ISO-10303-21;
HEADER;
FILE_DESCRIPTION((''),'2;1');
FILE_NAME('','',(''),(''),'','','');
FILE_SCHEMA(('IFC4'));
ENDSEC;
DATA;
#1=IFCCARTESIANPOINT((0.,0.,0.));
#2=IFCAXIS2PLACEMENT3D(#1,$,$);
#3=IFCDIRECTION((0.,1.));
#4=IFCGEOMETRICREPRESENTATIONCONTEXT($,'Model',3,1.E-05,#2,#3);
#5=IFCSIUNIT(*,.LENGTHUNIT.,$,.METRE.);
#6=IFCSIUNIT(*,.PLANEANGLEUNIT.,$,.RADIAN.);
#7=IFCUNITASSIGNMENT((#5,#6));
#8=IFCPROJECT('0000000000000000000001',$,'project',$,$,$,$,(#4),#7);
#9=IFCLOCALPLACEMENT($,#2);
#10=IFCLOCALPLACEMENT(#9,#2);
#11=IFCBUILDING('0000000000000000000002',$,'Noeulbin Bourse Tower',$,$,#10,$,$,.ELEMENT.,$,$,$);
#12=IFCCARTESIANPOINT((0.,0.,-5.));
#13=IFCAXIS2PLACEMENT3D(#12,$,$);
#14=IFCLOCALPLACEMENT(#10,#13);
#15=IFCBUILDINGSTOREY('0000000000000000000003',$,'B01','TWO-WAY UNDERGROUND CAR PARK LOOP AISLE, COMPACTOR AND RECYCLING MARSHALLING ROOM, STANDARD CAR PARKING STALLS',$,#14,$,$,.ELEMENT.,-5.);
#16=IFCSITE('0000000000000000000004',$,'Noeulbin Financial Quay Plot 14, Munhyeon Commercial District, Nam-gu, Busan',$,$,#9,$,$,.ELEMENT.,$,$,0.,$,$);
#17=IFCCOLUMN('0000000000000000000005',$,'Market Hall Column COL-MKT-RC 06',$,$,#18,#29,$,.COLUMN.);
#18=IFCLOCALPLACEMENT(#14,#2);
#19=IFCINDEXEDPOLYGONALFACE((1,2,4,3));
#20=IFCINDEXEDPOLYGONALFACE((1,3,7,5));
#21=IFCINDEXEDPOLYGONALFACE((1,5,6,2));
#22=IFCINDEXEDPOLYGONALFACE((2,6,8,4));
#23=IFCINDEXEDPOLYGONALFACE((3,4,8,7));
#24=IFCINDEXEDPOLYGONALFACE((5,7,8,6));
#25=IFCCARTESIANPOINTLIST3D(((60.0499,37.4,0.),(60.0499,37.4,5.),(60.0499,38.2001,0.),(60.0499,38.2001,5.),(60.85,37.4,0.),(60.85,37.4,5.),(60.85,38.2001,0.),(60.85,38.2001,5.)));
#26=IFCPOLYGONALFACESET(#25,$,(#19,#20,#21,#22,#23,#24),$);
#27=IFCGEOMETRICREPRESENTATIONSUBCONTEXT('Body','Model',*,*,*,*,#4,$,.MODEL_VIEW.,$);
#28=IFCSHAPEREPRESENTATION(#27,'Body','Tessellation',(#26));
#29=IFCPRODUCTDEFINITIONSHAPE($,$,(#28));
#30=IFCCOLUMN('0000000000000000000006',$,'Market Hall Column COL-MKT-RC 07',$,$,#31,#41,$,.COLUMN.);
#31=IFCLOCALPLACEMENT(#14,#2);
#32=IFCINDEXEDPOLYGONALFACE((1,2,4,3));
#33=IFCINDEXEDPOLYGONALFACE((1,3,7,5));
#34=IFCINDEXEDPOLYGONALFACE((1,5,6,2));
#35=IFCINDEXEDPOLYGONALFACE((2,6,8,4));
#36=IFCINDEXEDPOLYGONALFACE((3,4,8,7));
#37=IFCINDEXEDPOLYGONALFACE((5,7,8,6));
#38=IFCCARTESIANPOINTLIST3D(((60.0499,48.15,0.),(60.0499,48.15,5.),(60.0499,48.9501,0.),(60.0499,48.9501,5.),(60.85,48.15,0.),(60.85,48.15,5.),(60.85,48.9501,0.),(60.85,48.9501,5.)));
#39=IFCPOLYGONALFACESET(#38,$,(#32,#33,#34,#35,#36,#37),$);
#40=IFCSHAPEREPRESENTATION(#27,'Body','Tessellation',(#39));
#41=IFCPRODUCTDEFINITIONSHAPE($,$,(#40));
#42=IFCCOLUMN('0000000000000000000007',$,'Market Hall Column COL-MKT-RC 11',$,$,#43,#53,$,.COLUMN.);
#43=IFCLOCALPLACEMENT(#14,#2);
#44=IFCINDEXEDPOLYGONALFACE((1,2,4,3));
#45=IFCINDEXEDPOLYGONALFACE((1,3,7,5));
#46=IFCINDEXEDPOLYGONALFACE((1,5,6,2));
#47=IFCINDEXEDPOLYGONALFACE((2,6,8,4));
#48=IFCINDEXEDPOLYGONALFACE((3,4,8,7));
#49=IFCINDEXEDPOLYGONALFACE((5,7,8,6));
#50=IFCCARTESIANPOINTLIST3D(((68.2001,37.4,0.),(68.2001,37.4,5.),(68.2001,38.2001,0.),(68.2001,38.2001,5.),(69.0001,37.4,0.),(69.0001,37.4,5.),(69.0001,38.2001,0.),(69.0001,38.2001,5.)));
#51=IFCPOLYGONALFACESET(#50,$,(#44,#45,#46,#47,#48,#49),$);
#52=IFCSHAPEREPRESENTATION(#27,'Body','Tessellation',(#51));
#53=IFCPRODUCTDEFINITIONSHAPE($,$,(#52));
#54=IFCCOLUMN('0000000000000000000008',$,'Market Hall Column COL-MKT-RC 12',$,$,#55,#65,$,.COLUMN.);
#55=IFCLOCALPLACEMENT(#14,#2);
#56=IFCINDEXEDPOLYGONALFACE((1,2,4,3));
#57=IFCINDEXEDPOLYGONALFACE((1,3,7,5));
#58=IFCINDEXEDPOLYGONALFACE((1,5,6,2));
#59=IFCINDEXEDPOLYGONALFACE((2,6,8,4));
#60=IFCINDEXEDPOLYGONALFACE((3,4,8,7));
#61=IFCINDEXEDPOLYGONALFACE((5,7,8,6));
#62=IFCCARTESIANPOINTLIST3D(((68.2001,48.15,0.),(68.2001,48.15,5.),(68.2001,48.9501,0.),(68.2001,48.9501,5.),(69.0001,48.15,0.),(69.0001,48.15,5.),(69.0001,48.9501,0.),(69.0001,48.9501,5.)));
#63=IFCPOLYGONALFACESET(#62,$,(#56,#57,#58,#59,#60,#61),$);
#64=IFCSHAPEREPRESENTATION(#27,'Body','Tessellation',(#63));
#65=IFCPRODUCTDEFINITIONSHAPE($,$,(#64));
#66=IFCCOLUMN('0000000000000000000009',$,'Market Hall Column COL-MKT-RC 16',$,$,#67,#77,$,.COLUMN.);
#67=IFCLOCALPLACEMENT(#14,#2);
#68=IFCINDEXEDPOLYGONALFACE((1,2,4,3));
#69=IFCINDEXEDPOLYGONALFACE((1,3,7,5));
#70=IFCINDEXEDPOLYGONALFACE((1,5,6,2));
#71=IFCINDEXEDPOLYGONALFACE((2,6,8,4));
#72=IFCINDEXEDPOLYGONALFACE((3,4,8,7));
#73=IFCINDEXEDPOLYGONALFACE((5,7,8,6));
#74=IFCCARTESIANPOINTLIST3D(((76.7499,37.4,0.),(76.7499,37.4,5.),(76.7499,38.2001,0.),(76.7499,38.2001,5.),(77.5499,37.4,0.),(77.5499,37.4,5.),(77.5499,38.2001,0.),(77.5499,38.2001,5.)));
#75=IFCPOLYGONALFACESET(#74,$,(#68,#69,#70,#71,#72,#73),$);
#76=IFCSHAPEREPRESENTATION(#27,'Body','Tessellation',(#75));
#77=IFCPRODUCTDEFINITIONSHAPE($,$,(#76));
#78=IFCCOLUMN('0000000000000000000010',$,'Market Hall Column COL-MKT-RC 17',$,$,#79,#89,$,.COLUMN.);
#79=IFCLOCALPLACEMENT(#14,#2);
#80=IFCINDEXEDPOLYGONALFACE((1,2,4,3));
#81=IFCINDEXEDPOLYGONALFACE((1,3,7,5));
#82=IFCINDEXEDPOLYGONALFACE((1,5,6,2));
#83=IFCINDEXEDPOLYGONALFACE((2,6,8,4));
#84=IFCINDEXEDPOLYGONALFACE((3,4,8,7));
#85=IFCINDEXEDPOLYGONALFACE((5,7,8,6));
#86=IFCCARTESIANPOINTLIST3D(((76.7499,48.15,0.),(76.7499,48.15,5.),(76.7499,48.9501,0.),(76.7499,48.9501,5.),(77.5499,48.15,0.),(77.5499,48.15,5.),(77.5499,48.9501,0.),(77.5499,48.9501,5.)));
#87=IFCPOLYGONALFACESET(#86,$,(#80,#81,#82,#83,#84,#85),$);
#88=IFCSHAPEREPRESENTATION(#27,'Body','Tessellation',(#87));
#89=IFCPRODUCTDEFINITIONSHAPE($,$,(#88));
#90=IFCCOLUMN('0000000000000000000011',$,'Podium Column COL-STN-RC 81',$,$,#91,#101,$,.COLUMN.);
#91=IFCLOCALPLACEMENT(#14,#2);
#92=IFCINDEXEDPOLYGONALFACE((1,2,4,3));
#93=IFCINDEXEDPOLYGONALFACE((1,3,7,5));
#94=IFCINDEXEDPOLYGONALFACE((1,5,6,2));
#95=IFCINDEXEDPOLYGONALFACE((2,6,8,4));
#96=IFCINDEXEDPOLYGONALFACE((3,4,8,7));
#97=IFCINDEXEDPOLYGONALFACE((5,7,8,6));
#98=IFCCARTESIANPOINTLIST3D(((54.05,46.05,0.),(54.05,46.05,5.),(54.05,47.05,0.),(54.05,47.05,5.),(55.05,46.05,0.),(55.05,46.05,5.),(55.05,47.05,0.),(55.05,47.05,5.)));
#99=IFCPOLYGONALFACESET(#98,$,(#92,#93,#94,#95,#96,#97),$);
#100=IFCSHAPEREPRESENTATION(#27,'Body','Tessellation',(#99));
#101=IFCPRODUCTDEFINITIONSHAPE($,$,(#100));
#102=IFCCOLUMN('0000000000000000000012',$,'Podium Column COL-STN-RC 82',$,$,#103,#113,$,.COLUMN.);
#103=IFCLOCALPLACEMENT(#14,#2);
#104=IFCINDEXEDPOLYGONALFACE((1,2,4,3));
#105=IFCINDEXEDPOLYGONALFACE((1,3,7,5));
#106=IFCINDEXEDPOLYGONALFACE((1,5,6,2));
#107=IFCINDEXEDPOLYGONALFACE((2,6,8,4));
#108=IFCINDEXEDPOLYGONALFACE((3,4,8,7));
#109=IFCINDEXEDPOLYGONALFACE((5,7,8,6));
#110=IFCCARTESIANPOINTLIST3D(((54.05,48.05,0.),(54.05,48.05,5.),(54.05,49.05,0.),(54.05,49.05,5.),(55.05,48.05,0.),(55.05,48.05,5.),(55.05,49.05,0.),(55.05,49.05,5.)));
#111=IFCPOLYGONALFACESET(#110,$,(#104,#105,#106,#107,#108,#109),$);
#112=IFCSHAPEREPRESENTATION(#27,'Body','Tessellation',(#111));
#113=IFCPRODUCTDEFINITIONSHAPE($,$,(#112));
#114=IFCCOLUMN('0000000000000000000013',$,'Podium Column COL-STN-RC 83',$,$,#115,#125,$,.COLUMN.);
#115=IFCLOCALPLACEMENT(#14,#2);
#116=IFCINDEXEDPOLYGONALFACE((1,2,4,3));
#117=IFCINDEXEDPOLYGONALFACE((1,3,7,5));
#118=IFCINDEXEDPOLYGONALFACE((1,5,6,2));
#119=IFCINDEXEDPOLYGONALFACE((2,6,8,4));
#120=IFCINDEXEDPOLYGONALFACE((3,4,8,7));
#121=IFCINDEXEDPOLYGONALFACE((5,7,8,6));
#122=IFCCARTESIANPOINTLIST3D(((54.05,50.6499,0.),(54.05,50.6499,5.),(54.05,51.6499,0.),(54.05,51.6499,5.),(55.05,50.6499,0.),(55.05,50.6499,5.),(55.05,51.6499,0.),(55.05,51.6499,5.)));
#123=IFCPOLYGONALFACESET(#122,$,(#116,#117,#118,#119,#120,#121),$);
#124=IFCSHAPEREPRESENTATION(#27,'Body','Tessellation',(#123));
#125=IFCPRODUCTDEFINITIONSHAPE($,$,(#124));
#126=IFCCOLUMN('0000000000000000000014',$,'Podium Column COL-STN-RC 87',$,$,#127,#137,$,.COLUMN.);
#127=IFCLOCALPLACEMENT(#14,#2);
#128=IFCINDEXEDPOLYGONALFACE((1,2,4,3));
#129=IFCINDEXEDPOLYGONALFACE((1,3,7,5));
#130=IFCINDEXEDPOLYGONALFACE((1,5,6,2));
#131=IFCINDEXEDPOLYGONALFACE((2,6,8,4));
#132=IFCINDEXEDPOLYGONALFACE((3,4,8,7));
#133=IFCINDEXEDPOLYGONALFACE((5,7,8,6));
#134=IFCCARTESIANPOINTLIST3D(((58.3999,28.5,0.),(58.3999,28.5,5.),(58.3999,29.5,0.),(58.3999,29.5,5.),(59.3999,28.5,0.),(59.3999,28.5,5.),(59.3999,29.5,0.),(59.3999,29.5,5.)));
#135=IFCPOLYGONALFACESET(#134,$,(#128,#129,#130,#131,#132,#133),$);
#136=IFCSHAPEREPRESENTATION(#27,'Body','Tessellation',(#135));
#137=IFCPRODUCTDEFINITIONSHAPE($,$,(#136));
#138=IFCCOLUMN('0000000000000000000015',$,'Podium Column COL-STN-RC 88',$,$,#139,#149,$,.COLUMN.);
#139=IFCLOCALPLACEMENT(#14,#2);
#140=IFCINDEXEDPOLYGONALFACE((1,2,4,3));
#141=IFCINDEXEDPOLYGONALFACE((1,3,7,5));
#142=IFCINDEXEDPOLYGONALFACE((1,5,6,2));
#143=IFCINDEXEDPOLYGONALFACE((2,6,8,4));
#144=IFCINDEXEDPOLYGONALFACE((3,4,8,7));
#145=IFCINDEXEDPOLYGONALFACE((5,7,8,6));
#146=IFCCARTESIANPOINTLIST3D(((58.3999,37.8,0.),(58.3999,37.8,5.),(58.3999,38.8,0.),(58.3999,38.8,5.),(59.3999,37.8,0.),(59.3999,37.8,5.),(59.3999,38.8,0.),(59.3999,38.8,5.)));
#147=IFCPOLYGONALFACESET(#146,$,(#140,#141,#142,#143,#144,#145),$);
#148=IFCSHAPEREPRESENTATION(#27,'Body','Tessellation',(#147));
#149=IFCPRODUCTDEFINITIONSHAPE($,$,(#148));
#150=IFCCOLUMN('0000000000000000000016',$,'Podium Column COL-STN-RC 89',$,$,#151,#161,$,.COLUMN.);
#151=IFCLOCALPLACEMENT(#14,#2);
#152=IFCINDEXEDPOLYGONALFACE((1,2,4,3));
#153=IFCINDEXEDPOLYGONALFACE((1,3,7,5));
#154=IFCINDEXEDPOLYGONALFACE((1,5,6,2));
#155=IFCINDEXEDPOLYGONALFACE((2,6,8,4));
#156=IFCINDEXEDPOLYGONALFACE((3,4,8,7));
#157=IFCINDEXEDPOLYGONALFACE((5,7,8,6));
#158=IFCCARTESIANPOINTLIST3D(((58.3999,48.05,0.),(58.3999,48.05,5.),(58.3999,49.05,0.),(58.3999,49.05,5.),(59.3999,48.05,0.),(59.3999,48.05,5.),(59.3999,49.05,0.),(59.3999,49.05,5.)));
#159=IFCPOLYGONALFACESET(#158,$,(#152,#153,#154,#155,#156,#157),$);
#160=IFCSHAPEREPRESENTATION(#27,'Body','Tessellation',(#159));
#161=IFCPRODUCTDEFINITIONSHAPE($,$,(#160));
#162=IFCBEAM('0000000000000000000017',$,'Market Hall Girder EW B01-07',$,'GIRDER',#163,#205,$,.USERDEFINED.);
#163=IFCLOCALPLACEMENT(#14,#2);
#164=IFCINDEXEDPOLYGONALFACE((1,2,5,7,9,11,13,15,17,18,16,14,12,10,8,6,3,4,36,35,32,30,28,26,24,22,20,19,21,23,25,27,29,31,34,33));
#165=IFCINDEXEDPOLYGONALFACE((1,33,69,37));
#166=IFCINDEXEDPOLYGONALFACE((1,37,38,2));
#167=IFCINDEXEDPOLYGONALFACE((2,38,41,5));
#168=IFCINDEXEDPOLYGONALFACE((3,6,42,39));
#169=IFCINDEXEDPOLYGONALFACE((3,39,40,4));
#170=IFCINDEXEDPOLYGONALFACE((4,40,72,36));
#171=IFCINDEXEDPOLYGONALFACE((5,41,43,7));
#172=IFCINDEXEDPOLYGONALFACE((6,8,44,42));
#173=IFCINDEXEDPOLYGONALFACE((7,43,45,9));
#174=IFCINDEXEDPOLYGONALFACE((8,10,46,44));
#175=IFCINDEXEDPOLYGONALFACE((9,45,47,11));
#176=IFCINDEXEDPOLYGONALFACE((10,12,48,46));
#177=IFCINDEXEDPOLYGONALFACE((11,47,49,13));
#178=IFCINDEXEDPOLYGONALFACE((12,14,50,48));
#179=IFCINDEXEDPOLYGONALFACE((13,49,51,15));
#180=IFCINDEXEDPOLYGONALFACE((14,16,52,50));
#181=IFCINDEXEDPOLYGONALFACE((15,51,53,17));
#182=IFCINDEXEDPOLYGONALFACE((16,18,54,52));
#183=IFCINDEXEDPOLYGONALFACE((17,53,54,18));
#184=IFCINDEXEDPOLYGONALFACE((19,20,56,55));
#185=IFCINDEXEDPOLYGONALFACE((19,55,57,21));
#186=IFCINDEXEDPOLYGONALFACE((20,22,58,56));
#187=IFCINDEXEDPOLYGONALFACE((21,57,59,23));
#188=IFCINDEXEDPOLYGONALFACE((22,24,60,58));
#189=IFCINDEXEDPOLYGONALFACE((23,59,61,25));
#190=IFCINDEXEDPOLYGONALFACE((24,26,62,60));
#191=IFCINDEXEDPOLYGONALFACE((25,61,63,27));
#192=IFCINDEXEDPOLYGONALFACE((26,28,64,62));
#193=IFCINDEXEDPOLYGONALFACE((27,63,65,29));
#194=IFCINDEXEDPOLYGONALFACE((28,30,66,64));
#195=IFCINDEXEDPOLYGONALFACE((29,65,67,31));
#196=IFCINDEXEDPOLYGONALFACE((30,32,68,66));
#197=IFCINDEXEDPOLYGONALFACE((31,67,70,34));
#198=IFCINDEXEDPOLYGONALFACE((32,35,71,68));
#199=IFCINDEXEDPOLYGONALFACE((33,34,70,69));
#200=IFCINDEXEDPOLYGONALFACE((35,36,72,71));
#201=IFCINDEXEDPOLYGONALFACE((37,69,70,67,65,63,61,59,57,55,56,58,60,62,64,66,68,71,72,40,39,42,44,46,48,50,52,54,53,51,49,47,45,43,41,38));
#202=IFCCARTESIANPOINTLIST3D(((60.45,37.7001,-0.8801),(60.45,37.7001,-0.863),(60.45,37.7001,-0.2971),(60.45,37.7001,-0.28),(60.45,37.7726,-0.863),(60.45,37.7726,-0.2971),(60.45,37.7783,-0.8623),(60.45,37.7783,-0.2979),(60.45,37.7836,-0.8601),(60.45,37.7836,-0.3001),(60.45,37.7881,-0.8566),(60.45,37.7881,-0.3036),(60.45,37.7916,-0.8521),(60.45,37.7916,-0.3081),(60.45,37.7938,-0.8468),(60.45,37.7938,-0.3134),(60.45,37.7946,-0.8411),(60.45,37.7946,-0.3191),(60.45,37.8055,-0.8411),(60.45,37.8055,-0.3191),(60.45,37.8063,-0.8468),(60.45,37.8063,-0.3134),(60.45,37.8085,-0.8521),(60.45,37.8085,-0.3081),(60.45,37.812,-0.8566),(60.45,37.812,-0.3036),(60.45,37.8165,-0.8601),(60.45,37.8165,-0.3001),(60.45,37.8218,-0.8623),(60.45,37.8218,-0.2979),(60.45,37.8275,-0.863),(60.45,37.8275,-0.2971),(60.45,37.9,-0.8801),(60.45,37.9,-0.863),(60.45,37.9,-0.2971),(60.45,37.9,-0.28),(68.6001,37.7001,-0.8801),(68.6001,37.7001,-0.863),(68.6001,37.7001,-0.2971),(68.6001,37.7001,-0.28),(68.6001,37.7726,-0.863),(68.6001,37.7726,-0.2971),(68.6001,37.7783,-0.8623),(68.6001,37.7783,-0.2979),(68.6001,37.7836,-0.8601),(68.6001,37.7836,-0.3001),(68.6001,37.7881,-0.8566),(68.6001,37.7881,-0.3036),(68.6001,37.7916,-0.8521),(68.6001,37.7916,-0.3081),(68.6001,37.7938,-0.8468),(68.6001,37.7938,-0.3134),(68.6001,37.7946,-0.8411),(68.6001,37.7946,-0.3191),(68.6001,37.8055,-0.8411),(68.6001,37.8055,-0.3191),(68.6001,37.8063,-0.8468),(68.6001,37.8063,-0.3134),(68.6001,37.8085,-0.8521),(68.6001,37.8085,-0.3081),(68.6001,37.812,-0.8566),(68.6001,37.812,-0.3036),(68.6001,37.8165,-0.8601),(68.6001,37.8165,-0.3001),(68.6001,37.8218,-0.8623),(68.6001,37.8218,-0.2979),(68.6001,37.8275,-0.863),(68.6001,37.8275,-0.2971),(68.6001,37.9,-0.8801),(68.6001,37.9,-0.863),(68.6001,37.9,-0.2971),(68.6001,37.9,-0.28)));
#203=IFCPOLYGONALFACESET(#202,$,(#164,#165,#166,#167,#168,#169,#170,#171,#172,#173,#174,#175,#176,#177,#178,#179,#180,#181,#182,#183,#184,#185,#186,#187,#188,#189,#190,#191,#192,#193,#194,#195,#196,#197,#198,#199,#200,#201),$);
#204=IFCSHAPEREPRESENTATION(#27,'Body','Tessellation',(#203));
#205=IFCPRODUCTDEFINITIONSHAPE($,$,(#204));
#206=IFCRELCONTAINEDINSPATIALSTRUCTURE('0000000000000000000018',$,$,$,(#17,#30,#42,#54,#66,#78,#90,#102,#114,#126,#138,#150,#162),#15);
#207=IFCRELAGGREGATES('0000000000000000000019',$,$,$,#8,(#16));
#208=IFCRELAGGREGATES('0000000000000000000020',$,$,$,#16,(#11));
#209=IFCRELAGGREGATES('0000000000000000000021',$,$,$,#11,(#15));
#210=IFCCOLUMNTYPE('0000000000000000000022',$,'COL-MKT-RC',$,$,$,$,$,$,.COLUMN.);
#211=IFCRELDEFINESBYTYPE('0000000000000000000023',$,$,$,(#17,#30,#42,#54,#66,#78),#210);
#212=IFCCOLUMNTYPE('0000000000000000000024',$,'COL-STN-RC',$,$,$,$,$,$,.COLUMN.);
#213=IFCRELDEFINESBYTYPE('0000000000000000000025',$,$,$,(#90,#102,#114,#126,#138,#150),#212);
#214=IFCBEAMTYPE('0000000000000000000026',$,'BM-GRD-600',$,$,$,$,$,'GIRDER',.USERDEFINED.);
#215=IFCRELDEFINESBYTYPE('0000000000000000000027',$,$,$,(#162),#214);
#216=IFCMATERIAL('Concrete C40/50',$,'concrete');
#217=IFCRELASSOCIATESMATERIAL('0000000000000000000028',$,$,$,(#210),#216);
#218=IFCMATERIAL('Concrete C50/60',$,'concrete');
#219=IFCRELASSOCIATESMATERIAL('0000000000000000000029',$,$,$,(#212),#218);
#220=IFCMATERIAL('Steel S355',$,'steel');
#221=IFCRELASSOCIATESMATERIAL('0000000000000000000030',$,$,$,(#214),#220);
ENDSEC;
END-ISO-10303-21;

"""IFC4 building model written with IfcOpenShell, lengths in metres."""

from ifc_helpers import new_model, si_unit, direction, frame, origin, origin_2d, place, context, subcontext, project, spatial, rectangle, i_section, extrude, material, material_profile, profile_set, type_object, element, save


model = new_model("IFC4")

# Units and contexts
model_context = context("Model", 3, precision=1e-05, world=origin(), true_north=direction((0.0, 1.0)))
body_context = subcontext(model_context, "Body", "Model", "MODEL_VIEW")
ifc_project = project(units=[si_unit("LENGTHUNIT", "METRE"), si_unit("PLANEANGLEUNIT", "RADIAN")], contexts=[model_context])

# Site, building, storey
site_placement = place(None, origin())
site = spatial("IfcSite", under=ifc_project, at=site_placement, Name="Noeulbin Financial Quay Plot 14, Munhyeon Commercial District, Nam-gu, Busan", CompositionType="ELEMENT", RefElevation=0.0)
building_placement = place(site_placement, origin())
building = spatial("IfcBuilding", under=site, at=building_placement, Name="Noeulbin Bourse Tower", CompositionType="ELEMENT")
storey_placement = place(building_placement, frame((0.0, 0.0, -5.0)))
storey = spatial("IfcBuildingStorey", under=building, at=storey_placement, Name="B01", Description="TWO-WAY UNDERGROUND CAR PARK LOOP AISLE, COMPACTOR AND RECYCLING MARSHALLING ROOM, STANDARD CAR PARKING STALLS", CompositionType="ELEMENT", Elevation=-5.0)

# Columns
ifc_material_1 = material(Name="Concrete C40/50", Category="concrete")
ifc_material_profile_1 = material_profile(ifc_material_1, rectangle(XDim=0.8, YDim=0.8, at=origin_2d()), Name="RC-COL-800x800", Category="LoadBearing")
ifc_profile_set_1 = profile_set([ifc_material_profile_1], Name="Concrete C40/50")
column_type_1 = type_object("IfcColumnType", Name="COL-MKT-RC", PredefinedType="COLUMN", material=ifc_profile_set_1)
for number, where, z_axis, x_axis, name in (
    (1, (60.45, 37.8, 0.0), (0.0, 0.0, 1.0), (1.0, 0.0, 0.0), "Market Hall Column COL-MKT-RC 06"),
    (2, (60.45, 48.55, 0.0), (0.0, 0.0, 1.0), (1.0, 0.0, 0.0), "Market Hall Column COL-MKT-RC 07"),
    (3, (68.6001, 37.8, 0.0), (0.0, 0.0, 1.0), (1.0, 0.0, 0.0), "Market Hall Column COL-MKT-RC 11"),
    (4, (68.6001, 48.55, 0.0), (0.0, 0.0, 1.0), (1.0, 0.0, 0.0), "Market Hall Column COL-MKT-RC 12"),
    (5, (77.1499, 37.8, 0.0), (0.0, 0.0, 1.0), (1.0, 0.0, 0.0), "Market Hall Column COL-MKT-RC 16"),
    (6, (77.1499, 48.55, 0.0), (0.0, 0.0, 1.0), (1.0, 0.0, 0.0), "Market Hall Column COL-MKT-RC 17"),
):
    element("IfcColumn", number, at=place(storey_placement, frame(where, z_axis=z_axis, x_axis=x_axis)), inside=storey, type_object=column_type_1, Name=name, PredefinedType="COLUMN", context=body_context, shape_type="SweptSolid", body=[
        extrude(rectangle(XDim=0.8, YDim=0.8, at=origin_2d()), origin(), (0.0, 0.0, 1.0), 5.0),
    ])
ifc_material_2 = material(Name="Concrete C50/60", Category="concrete")
ifc_material_profile_2 = material_profile(ifc_material_2, rectangle(XDim=1.0, YDim=1.0, at=origin_2d()), Name="RC-COL-1000x1000", Category="LoadBearing")
ifc_profile_set_2 = profile_set([ifc_material_profile_2], Name="Concrete C50/60")
column_type_2 = type_object("IfcColumnType", Name="COL-STN-RC", PredefinedType="COLUMN", material=ifc_profile_set_2)
for number, where, z_axis, x_axis, name in (
    (7, (54.55, 46.55, 0.0), (0.0, 0.0, 1.0), (1.0, 0.0, 0.0), "Podium Column COL-STN-RC 81"),
    (8, (54.55, 48.55, 0.0), (0.0, 0.0, 1.0), (1.0, 0.0, 0.0), "Podium Column COL-STN-RC 82"),
    (9, (54.55, 51.1499, 0.0), (0.0, 0.0, 1.0), (1.0, 0.0, 0.0), "Podium Column COL-STN-RC 83"),
    (10, (58.8999, 29.0, 0.0), (0.0, 0.0, 1.0), (1.0, 0.0, 0.0), "Podium Column COL-STN-RC 87"),
    (11, (58.8999, 38.3, 0.0), (0.0, 0.0, 1.0), (1.0, 0.0, 0.0), "Podium Column COL-STN-RC 88"),
    (12, (58.8999, 48.55, 0.0), (0.0, 0.0, 1.0), (1.0, 0.0, 0.0), "Podium Column COL-STN-RC 89"),
):
    element("IfcColumn", number, at=place(storey_placement, frame(where, z_axis=z_axis, x_axis=x_axis)), inside=storey, type_object=column_type_2, Name=name, PredefinedType="COLUMN", context=body_context, shape_type="SweptSolid", body=[
        extrude(rectangle(XDim=1.0, YDim=1.0, at=origin_2d()), origin(), (0.0, 0.0, 1.0), 5.0),
    ])

# Beam
ifc_material_3 = material(Name="Steel S355", Category="steel")
ifc_material_profile_3 = material_profile(ifc_material_3, i_section(OverallWidth=0.2, OverallDepth=0.6001, WebThickness=0.011, FlangeThickness=0.0171, FilletRadius=0.022, at=origin_2d()), Name="H-600x200x11x17", Category="LoadBearing")
ifc_profile_set_3 = profile_set([ifc_material_profile_3], Name="Steel S355")
beam_type_1 = type_object("IfcBeamType", Name="BM-GRD-600", ElementType="GIRDER", PredefinedType="USERDEFINED", material=ifc_profile_set_3)
beam_1_placement = place(storey_placement, frame((60.45, 37.8, -0.5801), z_axis=(1.0, 0.0, 0.0), x_axis=(0.0, 1.0, 0.0)))
element("IfcBeam", 13, at=beam_1_placement, inside=storey, type_object=beam_type_1, Name="Market Hall Girder EW B01-07", ObjectType="GIRDER", PredefinedType="USERDEFINED", context=body_context, shape_type="SweptSolid", body=[
    extrude(i_section(OverallWidth=0.2, OverallDepth=0.6001, WebThickness=0.011, FlangeThickness=0.0171, FilletRadius=0.022, at=origin_2d()), origin(), (0.0, 0.0, 1.0), 8.1501),
])

save(model, "model.ifc")
